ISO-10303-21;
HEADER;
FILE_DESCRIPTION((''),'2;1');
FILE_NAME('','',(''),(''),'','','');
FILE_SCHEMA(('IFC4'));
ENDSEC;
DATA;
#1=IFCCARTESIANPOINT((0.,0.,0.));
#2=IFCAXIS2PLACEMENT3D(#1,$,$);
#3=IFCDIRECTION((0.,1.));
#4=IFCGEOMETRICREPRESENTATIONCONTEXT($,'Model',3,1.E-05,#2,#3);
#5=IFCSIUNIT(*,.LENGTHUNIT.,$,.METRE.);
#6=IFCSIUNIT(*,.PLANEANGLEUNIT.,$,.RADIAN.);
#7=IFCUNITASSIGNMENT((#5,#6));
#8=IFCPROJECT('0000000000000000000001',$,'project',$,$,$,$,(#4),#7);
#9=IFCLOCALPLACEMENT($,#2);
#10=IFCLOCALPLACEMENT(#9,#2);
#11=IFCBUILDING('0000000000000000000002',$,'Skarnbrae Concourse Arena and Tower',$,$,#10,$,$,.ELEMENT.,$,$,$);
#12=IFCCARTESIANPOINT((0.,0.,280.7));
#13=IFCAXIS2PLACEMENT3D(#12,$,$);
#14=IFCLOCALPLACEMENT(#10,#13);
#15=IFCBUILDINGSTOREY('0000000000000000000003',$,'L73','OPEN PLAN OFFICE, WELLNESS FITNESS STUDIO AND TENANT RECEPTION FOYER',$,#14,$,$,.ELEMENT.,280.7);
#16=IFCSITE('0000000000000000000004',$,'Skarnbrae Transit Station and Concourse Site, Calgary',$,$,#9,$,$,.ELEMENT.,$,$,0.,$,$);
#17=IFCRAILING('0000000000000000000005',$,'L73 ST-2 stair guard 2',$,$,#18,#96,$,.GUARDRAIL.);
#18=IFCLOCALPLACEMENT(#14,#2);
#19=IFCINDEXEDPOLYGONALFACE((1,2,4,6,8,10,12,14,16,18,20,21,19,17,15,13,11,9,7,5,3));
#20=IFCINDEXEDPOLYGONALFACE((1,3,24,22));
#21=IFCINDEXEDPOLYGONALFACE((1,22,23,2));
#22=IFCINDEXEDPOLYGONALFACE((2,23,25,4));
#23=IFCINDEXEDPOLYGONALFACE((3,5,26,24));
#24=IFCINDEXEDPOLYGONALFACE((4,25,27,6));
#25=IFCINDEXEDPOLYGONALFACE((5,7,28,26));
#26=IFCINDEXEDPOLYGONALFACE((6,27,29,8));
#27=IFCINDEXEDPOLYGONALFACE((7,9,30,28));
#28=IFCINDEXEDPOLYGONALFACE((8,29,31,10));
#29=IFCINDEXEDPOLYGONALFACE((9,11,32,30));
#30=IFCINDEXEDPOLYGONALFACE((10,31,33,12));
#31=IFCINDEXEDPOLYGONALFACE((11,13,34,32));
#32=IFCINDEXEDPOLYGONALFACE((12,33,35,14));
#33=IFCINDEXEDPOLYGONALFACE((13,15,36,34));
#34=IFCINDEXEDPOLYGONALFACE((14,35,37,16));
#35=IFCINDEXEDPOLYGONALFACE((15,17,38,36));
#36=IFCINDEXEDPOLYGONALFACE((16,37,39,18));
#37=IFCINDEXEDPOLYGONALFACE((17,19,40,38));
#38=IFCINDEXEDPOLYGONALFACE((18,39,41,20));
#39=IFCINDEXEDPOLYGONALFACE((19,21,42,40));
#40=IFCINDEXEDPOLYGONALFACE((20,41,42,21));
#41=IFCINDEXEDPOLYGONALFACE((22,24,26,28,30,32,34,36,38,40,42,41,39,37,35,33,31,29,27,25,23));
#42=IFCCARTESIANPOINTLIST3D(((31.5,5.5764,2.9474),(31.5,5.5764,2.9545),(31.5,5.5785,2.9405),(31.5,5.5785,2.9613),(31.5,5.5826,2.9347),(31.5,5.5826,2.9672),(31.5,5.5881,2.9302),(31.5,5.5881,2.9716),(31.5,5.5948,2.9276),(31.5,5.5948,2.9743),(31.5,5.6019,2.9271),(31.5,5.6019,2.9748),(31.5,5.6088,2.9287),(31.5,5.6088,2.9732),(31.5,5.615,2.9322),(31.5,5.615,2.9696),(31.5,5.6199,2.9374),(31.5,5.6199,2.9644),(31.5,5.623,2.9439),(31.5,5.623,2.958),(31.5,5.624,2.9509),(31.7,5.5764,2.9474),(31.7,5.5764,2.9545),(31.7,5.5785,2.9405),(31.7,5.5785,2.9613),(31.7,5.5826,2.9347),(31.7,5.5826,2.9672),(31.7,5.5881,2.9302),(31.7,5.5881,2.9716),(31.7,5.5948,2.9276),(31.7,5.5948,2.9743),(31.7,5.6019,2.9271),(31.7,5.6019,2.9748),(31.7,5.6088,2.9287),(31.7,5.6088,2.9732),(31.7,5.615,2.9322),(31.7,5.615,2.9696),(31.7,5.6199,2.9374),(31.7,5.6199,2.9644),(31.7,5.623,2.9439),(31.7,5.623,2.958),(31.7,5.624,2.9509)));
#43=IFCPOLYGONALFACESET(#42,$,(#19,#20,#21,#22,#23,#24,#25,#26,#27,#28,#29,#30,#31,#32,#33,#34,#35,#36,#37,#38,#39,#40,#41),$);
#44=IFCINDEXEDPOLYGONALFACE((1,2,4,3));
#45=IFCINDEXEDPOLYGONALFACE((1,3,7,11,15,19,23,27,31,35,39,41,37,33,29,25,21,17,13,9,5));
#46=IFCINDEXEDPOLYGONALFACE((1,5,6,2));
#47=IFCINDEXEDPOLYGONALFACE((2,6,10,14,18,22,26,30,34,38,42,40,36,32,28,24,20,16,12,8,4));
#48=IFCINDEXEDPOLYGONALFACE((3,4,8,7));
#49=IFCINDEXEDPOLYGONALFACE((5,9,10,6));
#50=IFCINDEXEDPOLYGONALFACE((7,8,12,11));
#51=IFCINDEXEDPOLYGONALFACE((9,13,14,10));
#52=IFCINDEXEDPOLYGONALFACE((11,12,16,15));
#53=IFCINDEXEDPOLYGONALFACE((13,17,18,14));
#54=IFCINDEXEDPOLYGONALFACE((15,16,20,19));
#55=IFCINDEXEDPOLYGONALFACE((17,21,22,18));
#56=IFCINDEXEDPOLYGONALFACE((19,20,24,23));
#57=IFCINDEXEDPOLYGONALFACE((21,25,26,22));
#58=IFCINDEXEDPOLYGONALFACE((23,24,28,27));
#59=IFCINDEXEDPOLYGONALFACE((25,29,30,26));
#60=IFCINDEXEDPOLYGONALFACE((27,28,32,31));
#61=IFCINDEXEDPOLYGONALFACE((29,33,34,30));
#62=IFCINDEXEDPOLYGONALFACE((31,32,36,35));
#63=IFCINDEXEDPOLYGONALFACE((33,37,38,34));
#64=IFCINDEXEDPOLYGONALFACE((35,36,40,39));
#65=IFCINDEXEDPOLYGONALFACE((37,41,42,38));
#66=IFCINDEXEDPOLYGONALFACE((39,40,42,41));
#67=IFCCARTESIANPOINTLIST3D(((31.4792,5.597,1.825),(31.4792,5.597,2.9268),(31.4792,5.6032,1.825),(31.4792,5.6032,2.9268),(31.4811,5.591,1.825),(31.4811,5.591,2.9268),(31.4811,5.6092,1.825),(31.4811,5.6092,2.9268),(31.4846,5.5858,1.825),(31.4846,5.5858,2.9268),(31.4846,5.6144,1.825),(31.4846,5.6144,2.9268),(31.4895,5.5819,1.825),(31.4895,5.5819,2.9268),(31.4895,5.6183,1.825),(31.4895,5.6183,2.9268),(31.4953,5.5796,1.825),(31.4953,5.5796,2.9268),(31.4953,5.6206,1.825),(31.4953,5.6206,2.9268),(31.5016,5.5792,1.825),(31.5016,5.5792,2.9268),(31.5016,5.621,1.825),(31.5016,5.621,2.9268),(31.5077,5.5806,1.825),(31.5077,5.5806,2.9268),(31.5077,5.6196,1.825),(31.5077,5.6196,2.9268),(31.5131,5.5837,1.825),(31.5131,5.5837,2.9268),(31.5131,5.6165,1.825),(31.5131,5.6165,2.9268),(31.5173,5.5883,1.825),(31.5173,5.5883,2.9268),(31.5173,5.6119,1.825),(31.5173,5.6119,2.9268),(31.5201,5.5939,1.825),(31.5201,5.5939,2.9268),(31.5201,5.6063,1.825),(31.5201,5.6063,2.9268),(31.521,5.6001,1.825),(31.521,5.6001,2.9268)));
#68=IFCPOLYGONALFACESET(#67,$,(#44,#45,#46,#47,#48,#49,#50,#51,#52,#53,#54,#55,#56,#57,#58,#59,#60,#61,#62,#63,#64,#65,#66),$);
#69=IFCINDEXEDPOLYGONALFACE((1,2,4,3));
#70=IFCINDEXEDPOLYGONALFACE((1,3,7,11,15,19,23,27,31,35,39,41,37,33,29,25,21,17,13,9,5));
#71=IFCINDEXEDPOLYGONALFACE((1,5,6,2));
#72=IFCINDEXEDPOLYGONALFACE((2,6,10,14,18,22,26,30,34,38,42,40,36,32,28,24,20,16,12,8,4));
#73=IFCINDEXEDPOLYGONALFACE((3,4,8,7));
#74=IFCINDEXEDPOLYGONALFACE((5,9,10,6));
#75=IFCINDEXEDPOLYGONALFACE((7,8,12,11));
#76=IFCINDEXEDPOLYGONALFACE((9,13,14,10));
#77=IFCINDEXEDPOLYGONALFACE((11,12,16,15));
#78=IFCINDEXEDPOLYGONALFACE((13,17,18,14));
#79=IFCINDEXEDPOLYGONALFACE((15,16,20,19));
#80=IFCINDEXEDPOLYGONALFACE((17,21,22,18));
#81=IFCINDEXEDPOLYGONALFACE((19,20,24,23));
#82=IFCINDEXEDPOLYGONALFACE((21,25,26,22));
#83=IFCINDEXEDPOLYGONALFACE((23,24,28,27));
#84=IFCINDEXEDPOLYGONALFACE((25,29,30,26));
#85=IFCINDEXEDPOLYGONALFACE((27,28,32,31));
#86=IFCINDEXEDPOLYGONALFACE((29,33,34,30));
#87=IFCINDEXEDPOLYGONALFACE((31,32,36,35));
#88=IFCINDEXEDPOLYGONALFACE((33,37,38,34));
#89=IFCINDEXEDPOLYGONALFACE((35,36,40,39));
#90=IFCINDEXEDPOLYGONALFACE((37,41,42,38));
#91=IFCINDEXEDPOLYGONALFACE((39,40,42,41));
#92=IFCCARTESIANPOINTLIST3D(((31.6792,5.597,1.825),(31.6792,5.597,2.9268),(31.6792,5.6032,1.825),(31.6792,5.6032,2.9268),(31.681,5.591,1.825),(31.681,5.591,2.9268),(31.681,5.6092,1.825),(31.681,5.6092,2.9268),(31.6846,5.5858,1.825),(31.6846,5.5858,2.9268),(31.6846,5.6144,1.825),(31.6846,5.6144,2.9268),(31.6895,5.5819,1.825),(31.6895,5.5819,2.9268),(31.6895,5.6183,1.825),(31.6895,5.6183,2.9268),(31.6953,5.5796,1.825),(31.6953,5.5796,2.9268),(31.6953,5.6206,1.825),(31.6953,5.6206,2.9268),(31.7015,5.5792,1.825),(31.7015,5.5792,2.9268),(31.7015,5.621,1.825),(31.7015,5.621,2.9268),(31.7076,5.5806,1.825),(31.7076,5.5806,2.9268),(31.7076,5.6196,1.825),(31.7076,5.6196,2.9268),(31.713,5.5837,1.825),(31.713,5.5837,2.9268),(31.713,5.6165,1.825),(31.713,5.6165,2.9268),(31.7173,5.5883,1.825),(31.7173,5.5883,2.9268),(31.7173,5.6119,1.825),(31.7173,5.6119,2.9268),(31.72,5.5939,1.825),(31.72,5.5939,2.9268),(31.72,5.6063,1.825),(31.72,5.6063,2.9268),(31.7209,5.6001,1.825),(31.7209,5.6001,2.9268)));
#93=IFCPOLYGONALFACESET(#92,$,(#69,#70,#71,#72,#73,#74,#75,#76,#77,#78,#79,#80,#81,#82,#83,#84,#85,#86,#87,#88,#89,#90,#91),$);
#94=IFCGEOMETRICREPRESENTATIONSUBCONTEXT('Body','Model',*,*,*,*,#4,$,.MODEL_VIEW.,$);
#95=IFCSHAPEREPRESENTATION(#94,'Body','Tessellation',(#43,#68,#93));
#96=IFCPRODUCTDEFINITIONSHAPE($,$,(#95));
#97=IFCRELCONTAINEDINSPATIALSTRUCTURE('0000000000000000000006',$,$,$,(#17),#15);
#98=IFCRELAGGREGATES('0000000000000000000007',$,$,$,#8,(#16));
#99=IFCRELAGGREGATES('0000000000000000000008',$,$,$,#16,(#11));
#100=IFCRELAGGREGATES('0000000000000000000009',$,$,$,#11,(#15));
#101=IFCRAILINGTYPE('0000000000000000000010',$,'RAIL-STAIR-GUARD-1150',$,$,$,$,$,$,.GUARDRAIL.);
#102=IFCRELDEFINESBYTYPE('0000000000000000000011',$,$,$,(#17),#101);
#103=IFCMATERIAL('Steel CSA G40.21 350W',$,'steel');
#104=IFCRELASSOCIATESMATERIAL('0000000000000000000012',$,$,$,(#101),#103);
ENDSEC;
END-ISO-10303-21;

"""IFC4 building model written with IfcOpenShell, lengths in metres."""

from ifc_helpers import new_model, si_unit, direction, frame, origin, origin_2d, place, context, subcontext, project, spatial, circle, extrude, material, type_object, element, save


model = new_model("IFC4")

# Units and contexts
model_context = context("Model", 3, precision=1e-05, world=origin(), true_north=direction((0.0, 1.0)))
body_context = subcontext(model_context, "Body", "Model", "MODEL_VIEW")
ifc_project = project(units=[si_unit("LENGTHUNIT", "METRE"), si_unit("PLANEANGLEUNIT", "RADIAN")], contexts=[model_context])

# Site, building, storey
site_placement = place(None, origin())
site = spatial("IfcSite", under=ifc_project, at=site_placement, Name="Skarnbrae Transit Station and Concourse Site, Calgary", CompositionType="ELEMENT", RefElevation=0.0)
building_placement = place(site_placement, origin())
building = spatial("IfcBuilding", under=site, at=building_placement, Name="Skarnbrae Concourse Arena and Tower", CompositionType="ELEMENT")
storey_placement = place(building_placement, frame((0.0, 0.0, 280.7)))
storey = spatial("IfcBuildingStorey", under=building, at=storey_placement, Name="L73", Description="OPEN PLAN OFFICE, WELLNESS FITNESS STUDIO AND TENANT RECEPTION FOYER", CompositionType="ELEMENT", Elevation=280.7)

# Shared definitions
ifc_material_1 = material(Name="Steel CSA G40.21 350W", Category="steel")

# Railing
railing_type_1 = type_object("IfcRailingType", Name="RAIL-STAIR-GUARD-1150", PredefinedType="GUARDRAIL", material=ifc_material_1)
railing_1_placement = place(storey_placement, frame((31.5, 5.6001, 1.825)))
element("IfcRailing", 1, at=railing_1_placement, inside=storey, type_object=railing_type_1, Name="L73 ST-2 stair guard 2", PredefinedType="GUARDRAIL", context=body_context, shape_type="SweptSolid", body=[
    extrude(circle(Radius=0.0239, at=origin_2d()), frame((0.0, 0.0, 1.126), z_axis=(1.0, 0.0, 0.0), x_axis=(0.0, 1.0, 0.0)), (0.0, 0.0, 1.0), 0.2),
    extrude(circle(Radius=0.021, at=origin_2d()), origin(), (0.0, 0.0, 1.0), 1.1018),
    extrude(circle(Radius=0.021, at=origin_2d()), frame((0.2, 0.0, 0.0)), (0.0, 0.0, 1.0), 1.1018),
])

save(model, "model.ifc")
